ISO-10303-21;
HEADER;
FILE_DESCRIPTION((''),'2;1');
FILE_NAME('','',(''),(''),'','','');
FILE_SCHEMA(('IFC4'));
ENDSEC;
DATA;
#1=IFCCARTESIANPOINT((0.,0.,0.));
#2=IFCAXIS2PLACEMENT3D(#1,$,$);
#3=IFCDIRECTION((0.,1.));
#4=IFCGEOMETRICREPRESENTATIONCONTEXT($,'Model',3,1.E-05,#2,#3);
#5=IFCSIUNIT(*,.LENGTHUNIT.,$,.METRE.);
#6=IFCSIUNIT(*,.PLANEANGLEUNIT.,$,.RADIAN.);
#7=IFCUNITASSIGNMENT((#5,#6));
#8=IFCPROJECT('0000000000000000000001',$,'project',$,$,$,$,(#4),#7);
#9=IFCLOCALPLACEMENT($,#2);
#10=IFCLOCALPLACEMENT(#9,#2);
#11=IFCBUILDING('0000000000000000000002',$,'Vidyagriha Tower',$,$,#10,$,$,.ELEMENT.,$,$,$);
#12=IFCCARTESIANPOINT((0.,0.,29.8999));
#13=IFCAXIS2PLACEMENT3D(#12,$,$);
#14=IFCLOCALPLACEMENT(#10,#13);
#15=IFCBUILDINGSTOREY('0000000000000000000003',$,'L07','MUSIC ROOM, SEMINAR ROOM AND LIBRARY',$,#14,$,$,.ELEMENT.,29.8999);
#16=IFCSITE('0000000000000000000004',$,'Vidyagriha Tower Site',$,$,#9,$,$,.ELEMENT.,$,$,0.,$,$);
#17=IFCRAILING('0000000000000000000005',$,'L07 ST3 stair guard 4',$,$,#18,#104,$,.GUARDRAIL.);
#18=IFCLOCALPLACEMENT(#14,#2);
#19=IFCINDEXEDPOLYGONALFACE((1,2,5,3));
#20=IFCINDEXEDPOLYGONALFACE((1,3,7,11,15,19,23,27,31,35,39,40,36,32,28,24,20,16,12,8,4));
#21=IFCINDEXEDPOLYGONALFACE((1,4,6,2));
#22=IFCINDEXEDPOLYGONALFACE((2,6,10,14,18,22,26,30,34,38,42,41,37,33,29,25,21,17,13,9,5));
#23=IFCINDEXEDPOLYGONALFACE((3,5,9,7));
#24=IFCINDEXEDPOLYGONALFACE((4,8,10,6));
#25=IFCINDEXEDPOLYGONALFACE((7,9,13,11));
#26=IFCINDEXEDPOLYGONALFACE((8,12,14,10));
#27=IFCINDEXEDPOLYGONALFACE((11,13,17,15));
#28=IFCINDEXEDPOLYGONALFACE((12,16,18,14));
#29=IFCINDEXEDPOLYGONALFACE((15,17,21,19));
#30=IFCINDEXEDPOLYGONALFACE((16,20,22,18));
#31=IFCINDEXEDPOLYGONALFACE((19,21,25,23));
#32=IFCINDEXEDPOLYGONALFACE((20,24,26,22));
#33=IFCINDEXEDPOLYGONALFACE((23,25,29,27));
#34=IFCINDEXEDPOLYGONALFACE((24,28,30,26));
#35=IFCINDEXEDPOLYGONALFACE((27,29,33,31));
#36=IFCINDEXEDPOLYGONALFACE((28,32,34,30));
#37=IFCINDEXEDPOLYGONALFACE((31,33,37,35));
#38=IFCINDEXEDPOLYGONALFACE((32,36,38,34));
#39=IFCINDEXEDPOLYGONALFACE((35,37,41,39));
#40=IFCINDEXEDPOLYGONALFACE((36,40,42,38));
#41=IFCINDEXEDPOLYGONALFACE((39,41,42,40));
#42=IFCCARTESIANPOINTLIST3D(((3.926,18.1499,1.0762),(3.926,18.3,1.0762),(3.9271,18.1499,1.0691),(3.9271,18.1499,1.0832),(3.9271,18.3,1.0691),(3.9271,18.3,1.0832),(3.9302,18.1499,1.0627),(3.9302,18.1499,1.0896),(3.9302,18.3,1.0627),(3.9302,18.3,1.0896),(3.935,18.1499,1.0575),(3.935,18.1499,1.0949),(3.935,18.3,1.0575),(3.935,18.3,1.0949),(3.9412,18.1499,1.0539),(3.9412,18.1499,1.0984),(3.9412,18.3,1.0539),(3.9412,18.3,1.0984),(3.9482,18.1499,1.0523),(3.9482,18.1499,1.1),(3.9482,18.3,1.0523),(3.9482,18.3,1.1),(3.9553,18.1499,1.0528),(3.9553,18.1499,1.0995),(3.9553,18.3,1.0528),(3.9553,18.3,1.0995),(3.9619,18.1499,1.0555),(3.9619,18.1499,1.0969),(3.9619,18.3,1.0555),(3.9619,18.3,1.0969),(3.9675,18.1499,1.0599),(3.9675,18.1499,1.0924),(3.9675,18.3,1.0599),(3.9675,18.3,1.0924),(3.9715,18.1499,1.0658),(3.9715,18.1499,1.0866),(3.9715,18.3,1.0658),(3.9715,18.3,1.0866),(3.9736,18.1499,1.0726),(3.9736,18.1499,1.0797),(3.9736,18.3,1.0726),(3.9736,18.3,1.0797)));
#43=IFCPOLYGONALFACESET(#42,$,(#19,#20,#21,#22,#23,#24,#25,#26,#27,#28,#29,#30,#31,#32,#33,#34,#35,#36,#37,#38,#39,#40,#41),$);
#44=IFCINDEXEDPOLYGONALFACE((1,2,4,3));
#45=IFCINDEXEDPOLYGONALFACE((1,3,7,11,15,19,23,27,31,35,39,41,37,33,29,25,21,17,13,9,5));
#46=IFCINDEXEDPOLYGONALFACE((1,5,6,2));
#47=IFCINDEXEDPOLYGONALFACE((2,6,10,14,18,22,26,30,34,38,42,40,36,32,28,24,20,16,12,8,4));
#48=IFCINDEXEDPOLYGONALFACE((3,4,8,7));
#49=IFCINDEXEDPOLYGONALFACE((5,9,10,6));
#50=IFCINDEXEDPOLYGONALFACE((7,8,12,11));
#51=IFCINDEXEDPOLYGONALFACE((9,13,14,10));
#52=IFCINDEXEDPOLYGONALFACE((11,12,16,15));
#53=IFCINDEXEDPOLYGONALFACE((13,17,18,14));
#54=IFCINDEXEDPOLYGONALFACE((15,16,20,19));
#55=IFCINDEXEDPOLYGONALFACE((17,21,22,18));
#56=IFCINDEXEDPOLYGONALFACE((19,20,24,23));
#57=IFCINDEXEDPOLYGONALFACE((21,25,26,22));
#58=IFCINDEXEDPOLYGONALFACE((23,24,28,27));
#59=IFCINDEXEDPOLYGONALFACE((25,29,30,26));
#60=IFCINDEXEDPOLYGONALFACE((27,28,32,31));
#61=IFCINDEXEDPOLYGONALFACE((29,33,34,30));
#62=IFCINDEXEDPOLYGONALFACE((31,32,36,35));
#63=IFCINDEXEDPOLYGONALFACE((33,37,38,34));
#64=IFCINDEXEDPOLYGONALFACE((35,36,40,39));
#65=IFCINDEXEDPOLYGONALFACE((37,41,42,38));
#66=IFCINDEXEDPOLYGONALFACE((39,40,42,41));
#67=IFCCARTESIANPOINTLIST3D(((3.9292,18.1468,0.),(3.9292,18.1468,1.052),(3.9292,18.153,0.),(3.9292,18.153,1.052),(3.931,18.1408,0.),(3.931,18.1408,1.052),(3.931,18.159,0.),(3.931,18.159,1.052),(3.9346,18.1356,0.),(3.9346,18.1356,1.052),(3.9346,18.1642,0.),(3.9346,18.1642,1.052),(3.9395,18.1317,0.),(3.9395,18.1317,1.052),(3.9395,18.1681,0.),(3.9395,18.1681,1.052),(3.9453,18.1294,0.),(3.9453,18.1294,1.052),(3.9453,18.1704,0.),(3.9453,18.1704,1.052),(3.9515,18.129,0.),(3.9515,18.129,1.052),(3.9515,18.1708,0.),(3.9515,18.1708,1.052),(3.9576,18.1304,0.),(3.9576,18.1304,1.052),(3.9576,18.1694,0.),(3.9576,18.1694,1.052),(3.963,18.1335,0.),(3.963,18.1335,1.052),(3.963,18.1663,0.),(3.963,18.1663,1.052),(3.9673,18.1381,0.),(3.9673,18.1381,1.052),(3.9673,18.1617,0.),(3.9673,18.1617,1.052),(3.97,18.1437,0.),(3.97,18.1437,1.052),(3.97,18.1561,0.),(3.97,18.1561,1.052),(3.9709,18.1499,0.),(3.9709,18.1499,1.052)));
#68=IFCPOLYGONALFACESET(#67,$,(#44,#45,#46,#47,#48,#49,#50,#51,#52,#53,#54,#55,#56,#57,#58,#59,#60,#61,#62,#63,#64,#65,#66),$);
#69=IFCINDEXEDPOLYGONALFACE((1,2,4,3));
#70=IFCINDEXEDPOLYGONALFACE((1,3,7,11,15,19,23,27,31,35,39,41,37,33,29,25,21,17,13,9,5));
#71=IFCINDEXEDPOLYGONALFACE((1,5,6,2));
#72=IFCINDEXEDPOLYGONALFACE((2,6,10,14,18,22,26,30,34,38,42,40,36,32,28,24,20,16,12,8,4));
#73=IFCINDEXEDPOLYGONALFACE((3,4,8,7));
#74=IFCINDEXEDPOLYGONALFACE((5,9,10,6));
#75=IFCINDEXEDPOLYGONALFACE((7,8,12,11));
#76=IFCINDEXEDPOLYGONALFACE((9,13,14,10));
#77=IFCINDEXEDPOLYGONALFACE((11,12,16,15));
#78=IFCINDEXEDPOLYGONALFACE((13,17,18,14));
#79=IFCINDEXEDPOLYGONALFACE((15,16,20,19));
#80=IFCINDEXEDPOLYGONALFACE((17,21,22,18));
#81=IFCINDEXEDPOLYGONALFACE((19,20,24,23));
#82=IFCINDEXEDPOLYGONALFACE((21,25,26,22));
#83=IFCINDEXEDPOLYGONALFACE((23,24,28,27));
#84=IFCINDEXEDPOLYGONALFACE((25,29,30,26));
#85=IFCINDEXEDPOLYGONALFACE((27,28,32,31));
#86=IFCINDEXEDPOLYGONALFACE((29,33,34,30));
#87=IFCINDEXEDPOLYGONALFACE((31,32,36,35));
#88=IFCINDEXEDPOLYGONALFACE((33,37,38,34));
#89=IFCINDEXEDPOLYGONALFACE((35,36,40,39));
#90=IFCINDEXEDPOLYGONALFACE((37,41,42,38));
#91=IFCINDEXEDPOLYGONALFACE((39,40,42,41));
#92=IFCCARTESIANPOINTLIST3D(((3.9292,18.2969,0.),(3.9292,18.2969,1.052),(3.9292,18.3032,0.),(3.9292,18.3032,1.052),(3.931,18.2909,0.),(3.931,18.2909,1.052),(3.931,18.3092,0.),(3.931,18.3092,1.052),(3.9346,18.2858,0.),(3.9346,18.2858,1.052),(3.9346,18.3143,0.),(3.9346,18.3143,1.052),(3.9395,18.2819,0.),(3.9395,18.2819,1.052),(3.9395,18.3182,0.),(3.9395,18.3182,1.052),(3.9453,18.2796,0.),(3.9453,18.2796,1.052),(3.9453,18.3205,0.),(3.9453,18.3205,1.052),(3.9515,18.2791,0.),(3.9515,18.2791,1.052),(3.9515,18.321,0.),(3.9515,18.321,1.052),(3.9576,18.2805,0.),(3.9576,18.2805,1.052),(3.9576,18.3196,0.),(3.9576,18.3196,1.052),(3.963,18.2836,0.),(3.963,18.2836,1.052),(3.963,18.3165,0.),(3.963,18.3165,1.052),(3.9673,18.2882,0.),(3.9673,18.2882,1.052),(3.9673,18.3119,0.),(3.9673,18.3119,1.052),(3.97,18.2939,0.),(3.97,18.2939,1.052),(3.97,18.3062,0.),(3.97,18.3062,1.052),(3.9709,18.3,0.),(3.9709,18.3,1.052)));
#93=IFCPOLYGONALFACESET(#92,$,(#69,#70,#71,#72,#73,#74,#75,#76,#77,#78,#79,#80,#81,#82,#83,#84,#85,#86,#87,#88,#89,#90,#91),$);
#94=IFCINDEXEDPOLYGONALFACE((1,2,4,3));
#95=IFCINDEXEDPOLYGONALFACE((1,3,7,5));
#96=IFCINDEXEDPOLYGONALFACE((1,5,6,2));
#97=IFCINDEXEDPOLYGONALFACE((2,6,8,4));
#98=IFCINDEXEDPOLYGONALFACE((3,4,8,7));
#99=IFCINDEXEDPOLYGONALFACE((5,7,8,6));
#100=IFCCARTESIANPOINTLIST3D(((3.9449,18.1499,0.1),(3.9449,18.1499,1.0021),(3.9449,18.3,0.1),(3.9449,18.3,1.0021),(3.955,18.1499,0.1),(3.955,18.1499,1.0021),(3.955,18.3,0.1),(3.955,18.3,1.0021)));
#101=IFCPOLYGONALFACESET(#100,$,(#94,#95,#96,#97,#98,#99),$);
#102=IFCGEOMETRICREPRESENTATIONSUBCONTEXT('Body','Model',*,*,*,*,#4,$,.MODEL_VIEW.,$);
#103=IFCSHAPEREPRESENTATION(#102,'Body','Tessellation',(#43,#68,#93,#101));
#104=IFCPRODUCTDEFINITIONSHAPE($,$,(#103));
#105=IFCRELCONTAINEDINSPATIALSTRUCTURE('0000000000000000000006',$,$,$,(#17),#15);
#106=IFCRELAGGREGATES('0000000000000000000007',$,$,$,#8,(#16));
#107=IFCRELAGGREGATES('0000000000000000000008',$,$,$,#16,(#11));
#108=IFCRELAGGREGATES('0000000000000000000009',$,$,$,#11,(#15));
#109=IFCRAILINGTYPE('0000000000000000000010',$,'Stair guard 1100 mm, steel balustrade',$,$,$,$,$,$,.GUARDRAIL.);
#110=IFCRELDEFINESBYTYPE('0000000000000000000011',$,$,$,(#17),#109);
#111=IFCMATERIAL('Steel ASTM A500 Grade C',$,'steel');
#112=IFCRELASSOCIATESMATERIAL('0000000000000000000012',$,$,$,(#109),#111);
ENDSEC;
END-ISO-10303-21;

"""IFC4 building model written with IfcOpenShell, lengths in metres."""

from ifc_helpers import new_model, si_unit, direction, frame, origin, origin_2d, place, context, subcontext, project, spatial, rectangle, circle, extrude, material, type_object, element, save


model = new_model("IFC4")

# Units and contexts
model_context = context("Model", 3, precision=1e-05, world=origin(), true_north=direction((0.0, 1.0)))
body_context = subcontext(model_context, "Body", "Model", "MODEL_VIEW")
ifc_project = project(units=[si_unit("LENGTHUNIT", "METRE"), si_unit("PLANEANGLEUNIT", "RADIAN")], contexts=[model_context])

# Site, building, storey
site_placement = place(None, origin())
site = spatial("IfcSite", under=ifc_project, at=site_placement, Name="Vidyagriha Tower Site", CompositionType="ELEMENT", RefElevation=0.0)
building_placement = place(site_placement, origin())
building = spatial("IfcBuilding", under=site, at=building_placement, Name="Vidyagriha Tower", CompositionType="ELEMENT")
storey_placement = place(building_placement, frame((0.0, 0.0, 29.8999)))
storey = spatial("IfcBuildingStorey", under=building, at=storey_placement, Name="L07", Description="MUSIC ROOM, SEMINAR ROOM AND LIBRARY", CompositionType="ELEMENT", Elevation=29.8999)

# Railing
ifc_material_1 = material(Name="Steel ASTM A500 Grade C", Category="steel")
railing_type_1 = type_object("IfcRailingType", Name="Stair guard 1100 mm, steel balustrade", PredefinedType="GUARDRAIL", material=ifc_material_1)
railing_1_placement = place(storey_placement, frame((3.95, 18.1499, 0.0)))
element("IfcRailing", 1, at=railing_1_placement, inside=storey, type_object=railing_type_1, Name="L07 ST3 stair guard 4", PredefinedType="GUARDRAIL", context=body_context, shape_type="SweptSolid", body=[
    extrude(circle(Radius=0.0239, at=origin_2d()), frame((0.0, 0.0, 1.0762), z_axis=(0.0, 1.0, 0.0), x_axis=(-1.0, 0.0, 0.0)), (0.0, 0.0, 1.0), 0.1501),
    extrude(circle(Radius=0.021, at=origin_2d()), origin(), (0.0, 0.0, 1.0), 1.052),
    extrude(circle(Radius=0.021, at=origin_2d()), frame((0.0, 0.1501, 0.0)), (0.0, 0.0, 1.0), 1.052),
    extrude(rectangle(XDim=0.01, YDim=0.9021, at=origin_2d()), frame((0.0, 0.0, 0.551), z_axis=(0.0, 1.0, 0.0), x_axis=(-1.0, 0.0, 0.0)), (0.0, 0.0, 1.0), 0.1501),
])

save(model, "model.ifc")
